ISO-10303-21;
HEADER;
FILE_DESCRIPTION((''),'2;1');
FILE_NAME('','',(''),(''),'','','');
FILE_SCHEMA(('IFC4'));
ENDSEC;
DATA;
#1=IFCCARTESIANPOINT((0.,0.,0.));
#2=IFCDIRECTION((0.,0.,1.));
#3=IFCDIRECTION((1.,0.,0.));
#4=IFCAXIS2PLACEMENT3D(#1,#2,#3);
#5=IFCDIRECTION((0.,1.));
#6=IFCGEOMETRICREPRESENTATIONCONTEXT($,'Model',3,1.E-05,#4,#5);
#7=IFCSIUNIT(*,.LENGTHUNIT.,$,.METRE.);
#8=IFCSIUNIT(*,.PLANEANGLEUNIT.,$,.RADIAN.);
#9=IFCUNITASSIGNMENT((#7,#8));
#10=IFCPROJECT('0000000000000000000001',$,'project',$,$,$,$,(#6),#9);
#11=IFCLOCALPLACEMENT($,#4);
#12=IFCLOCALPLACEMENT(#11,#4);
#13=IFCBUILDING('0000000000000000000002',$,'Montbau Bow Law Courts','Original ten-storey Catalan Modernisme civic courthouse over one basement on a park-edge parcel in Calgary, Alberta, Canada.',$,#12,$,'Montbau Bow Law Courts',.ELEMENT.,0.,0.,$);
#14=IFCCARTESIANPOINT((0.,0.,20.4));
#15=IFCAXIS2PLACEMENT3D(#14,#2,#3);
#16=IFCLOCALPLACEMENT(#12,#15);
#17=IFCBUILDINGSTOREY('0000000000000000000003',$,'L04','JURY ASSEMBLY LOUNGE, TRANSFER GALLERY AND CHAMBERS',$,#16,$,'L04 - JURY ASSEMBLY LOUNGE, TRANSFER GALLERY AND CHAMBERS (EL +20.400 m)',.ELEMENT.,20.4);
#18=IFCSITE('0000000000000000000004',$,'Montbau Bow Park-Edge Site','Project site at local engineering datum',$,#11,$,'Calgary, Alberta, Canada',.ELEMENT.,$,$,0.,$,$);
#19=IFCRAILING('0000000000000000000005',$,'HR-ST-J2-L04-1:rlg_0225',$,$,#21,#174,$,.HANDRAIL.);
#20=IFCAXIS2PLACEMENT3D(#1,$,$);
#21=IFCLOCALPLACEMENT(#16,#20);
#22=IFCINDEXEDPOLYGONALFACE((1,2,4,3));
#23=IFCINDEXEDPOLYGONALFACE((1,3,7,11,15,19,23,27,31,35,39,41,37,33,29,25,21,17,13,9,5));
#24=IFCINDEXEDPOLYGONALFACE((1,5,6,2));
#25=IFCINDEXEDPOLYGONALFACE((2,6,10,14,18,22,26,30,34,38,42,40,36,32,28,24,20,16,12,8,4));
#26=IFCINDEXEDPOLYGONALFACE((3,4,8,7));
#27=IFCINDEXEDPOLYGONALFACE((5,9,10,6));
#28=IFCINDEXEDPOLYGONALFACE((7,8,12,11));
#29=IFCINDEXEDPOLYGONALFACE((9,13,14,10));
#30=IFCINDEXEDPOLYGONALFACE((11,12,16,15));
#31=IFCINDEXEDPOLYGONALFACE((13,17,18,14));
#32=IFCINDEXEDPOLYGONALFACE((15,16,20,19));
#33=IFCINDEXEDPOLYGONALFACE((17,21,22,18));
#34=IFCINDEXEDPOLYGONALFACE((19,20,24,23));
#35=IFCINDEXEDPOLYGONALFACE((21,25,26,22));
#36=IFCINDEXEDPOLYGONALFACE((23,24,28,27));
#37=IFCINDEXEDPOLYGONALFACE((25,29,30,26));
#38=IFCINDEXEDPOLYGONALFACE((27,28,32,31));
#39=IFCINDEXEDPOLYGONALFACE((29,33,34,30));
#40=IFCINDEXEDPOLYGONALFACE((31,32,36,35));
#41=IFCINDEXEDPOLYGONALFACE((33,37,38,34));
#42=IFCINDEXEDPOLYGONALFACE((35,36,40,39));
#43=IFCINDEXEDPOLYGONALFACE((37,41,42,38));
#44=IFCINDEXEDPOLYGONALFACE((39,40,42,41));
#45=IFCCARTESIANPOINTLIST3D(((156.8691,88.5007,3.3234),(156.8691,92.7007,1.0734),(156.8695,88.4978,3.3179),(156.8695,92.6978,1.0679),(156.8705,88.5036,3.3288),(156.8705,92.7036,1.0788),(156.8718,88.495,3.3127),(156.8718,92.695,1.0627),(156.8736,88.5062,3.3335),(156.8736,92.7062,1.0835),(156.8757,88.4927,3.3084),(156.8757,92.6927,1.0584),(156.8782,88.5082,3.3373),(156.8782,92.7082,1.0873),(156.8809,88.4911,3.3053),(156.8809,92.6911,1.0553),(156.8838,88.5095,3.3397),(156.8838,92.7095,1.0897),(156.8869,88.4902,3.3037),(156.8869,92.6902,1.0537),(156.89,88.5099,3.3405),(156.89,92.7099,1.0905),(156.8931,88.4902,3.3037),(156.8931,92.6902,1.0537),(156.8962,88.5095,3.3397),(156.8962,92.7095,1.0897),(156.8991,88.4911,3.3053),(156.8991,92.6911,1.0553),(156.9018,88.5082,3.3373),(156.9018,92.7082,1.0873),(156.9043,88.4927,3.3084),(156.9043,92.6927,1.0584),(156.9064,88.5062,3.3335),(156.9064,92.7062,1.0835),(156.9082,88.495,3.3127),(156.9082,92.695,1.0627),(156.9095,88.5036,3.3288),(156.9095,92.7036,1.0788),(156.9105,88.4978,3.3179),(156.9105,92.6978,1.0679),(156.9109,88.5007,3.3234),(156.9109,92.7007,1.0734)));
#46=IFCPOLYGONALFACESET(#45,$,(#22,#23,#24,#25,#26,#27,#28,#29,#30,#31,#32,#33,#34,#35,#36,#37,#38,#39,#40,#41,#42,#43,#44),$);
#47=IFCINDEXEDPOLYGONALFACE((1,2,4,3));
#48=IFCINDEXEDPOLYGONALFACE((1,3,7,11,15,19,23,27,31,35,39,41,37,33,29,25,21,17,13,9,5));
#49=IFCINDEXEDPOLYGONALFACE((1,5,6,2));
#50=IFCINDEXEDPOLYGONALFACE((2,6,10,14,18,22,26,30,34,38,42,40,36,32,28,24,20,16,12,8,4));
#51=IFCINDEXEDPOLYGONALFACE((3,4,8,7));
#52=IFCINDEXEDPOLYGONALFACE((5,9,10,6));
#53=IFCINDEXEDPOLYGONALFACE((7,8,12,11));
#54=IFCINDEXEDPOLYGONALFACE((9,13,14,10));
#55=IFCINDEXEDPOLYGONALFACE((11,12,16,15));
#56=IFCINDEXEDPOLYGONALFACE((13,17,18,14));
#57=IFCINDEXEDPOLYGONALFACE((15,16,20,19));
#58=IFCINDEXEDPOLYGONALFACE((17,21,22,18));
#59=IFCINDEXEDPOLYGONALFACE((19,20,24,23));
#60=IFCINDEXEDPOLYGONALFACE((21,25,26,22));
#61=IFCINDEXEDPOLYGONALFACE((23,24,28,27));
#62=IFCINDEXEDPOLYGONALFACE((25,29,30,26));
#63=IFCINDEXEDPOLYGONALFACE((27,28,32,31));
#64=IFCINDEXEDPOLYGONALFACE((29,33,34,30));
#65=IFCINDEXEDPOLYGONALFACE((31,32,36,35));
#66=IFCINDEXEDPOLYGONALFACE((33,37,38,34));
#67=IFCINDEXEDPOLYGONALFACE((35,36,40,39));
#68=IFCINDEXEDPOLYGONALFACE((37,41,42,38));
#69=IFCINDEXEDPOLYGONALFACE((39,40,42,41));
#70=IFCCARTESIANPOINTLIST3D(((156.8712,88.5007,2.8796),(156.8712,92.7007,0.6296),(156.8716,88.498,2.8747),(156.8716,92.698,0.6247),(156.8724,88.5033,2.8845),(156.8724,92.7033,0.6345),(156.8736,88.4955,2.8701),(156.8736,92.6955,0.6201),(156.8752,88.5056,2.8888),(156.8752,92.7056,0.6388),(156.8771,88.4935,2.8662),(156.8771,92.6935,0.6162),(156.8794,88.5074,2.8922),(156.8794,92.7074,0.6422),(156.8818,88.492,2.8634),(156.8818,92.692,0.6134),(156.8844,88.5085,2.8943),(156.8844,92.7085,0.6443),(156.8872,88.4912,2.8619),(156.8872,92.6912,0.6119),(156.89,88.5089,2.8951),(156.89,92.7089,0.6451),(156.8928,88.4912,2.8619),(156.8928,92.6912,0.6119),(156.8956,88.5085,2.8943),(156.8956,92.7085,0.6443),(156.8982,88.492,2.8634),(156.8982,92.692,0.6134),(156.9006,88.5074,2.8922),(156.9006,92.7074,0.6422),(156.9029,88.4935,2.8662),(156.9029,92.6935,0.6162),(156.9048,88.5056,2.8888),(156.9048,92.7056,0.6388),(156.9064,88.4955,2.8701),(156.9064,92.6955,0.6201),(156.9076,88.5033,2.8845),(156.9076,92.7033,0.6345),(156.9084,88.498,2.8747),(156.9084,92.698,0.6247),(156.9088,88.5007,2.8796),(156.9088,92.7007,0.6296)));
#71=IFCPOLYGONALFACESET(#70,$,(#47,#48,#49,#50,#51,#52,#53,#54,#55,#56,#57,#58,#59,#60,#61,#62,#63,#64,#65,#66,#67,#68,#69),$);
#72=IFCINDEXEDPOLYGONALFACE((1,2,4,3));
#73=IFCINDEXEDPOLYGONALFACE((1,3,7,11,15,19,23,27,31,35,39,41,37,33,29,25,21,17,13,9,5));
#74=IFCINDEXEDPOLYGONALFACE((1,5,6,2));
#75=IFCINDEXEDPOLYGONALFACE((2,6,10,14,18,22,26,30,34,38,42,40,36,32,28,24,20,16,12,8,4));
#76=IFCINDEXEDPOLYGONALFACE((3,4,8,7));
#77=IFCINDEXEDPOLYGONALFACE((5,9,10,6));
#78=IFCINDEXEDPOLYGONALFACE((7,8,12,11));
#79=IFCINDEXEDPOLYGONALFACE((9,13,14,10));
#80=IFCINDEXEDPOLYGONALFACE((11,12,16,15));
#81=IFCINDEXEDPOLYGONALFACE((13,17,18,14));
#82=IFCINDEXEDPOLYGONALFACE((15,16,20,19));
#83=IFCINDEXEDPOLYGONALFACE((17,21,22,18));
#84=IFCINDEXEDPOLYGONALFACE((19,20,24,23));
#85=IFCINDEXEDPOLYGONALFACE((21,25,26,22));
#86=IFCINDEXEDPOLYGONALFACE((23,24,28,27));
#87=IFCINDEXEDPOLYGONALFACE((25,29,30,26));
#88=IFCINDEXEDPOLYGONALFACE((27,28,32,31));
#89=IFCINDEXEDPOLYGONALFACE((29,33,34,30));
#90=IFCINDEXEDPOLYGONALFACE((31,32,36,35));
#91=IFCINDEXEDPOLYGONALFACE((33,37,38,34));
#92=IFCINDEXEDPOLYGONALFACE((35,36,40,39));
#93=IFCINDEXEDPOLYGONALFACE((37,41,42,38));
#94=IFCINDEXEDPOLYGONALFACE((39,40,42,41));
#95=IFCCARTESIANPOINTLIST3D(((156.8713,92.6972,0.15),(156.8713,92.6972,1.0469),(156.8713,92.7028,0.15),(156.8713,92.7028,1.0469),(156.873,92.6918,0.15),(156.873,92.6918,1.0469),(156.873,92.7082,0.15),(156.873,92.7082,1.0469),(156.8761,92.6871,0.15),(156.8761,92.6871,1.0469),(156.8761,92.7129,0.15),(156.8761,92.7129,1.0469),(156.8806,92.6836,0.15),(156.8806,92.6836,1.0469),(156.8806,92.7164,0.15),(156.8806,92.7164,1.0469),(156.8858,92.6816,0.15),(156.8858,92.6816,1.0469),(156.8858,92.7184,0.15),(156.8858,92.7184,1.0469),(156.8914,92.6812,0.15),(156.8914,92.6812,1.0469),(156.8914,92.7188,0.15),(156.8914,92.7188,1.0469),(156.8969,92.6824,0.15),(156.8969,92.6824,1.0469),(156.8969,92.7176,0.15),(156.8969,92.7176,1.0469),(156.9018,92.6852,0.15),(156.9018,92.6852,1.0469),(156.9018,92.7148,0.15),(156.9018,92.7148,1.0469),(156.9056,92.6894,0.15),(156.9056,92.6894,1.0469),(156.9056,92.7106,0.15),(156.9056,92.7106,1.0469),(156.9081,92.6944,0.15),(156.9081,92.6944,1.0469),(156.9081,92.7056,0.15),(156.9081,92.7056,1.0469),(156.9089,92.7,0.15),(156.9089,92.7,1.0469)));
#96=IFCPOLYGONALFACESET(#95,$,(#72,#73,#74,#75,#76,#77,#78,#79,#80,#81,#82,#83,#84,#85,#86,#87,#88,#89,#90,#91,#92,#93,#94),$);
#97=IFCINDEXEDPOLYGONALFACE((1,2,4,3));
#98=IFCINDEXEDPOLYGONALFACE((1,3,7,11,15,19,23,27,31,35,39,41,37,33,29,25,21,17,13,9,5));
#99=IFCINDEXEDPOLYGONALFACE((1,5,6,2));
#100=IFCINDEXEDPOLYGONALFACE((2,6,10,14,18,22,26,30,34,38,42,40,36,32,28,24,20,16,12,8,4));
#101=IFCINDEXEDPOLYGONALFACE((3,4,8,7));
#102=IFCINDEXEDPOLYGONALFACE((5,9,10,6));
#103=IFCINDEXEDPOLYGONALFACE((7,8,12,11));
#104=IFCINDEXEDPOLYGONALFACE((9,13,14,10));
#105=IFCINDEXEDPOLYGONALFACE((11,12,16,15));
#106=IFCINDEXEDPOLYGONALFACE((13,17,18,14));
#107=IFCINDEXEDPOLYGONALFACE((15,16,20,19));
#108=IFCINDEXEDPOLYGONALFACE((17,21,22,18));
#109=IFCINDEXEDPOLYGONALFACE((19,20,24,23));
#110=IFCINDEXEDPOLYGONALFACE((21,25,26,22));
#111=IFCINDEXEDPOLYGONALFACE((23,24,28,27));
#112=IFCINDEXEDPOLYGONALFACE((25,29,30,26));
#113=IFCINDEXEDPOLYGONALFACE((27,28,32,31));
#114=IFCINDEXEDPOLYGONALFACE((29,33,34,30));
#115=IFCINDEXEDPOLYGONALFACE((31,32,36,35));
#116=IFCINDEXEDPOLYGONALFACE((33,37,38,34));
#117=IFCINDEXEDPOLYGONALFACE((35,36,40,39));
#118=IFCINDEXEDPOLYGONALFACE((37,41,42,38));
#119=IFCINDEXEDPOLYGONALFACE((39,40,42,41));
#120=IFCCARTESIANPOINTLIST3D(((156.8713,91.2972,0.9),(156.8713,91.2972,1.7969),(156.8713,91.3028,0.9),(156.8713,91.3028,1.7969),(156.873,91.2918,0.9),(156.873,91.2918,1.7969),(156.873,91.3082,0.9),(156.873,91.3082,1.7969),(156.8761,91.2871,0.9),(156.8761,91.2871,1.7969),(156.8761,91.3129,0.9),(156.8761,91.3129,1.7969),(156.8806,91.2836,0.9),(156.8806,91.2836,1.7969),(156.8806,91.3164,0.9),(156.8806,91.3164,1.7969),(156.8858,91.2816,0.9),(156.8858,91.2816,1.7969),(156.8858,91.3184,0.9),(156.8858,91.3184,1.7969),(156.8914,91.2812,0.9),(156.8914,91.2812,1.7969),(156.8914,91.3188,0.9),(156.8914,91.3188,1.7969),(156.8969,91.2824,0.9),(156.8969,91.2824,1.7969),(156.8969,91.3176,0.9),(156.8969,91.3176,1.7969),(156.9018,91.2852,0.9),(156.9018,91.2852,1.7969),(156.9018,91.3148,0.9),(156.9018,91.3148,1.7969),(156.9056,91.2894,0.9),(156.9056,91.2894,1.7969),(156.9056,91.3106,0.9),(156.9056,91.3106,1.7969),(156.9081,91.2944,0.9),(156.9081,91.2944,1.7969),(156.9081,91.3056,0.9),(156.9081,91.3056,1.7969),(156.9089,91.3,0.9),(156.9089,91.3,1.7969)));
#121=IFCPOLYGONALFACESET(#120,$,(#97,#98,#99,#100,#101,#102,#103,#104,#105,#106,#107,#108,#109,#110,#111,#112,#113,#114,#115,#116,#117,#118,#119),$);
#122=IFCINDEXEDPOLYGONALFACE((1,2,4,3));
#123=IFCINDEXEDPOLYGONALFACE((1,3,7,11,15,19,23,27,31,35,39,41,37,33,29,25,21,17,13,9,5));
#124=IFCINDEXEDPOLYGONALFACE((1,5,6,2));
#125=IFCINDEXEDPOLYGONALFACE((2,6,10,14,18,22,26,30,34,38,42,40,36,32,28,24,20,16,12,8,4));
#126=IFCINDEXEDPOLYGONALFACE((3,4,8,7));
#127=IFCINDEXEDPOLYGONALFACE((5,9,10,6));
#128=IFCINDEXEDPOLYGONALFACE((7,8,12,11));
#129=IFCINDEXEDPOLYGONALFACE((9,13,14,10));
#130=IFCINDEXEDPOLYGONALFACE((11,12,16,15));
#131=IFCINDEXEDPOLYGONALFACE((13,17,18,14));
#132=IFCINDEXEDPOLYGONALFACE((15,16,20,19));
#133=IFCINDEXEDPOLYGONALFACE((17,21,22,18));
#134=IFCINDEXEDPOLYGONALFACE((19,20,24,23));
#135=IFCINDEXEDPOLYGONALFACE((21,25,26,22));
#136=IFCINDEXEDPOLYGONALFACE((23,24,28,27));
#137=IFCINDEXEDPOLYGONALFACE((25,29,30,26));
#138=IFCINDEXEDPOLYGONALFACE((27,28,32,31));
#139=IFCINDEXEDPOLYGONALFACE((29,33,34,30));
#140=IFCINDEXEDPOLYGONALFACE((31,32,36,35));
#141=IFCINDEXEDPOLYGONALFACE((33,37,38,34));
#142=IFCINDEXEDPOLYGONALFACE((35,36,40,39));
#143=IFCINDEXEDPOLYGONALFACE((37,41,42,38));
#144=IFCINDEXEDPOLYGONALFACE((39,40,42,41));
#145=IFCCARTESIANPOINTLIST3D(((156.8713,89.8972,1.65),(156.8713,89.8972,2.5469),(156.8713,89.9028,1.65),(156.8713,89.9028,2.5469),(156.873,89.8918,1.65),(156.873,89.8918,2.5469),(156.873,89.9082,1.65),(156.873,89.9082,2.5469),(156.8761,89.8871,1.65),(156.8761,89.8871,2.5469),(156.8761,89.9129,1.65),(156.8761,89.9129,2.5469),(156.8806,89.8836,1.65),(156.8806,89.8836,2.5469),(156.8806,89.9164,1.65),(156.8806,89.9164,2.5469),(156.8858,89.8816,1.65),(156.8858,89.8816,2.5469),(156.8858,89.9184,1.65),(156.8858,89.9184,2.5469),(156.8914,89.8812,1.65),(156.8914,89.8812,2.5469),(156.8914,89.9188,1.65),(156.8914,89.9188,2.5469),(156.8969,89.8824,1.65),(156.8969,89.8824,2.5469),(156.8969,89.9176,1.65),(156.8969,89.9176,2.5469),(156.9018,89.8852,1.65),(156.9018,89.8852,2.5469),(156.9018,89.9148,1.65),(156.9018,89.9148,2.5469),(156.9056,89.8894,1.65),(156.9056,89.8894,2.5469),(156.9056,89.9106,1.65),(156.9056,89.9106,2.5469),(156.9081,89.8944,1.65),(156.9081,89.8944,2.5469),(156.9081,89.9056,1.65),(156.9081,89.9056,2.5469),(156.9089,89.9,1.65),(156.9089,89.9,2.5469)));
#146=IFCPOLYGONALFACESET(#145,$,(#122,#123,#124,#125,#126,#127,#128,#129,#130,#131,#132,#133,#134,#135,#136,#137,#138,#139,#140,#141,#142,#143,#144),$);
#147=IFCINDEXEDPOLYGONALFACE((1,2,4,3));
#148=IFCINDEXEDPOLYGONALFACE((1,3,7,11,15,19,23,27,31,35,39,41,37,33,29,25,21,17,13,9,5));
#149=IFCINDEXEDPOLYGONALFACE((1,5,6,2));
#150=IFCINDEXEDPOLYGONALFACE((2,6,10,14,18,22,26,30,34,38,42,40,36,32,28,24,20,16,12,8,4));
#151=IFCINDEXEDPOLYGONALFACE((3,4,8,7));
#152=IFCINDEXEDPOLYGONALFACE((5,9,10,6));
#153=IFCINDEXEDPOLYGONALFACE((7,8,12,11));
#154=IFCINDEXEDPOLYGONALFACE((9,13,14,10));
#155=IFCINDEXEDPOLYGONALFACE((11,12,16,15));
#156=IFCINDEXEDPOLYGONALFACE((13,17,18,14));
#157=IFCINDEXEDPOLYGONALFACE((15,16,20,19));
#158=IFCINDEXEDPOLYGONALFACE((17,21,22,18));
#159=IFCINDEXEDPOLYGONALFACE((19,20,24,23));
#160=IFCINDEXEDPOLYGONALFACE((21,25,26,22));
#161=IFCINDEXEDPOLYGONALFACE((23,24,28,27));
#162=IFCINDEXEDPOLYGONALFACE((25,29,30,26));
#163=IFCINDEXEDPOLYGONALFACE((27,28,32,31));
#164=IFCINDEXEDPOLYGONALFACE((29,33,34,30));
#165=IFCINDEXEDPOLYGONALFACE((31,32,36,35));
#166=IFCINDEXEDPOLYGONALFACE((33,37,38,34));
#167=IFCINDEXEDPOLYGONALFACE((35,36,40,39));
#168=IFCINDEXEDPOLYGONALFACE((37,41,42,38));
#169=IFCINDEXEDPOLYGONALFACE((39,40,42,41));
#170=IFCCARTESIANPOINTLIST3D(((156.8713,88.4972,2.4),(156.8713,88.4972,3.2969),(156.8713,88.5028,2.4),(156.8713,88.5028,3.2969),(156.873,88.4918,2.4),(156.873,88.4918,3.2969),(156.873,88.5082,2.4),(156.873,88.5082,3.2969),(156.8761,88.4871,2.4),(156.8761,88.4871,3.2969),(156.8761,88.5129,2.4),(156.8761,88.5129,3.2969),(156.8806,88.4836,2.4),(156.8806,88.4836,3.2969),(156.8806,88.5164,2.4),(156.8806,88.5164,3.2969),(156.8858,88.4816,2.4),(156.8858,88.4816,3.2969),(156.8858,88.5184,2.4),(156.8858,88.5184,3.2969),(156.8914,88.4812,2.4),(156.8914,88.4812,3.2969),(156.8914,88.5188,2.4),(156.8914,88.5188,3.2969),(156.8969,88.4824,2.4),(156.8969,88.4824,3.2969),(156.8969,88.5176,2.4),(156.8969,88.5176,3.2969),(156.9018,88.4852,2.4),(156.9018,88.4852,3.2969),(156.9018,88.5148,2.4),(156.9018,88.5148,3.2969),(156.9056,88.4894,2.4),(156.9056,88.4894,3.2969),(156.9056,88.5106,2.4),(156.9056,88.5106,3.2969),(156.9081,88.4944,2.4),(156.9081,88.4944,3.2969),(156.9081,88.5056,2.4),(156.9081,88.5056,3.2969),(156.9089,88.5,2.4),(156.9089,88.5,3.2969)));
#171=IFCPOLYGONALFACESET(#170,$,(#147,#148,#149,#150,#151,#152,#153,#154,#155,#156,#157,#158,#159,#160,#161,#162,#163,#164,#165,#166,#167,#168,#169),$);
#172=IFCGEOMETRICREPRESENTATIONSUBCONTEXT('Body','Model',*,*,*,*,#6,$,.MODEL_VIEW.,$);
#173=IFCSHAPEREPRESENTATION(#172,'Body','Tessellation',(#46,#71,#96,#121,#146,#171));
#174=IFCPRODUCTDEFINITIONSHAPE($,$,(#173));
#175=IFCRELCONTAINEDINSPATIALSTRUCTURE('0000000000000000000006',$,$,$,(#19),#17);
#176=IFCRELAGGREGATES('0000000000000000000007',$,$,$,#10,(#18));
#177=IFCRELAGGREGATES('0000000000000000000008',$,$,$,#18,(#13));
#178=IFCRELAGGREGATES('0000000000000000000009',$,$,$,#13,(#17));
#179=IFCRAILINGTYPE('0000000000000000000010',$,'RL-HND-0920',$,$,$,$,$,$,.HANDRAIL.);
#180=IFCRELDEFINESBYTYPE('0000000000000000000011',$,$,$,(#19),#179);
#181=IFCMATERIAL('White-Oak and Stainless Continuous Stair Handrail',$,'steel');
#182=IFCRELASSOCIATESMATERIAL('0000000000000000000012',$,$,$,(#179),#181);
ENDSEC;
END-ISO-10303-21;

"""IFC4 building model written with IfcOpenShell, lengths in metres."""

from ifc_helpers import new_model, si_unit, direction, frame, origin_with_axes, origin_2d_with_axis, place, context, subcontext, project, spatial, circle, extrude, material, type_object, element, save


model = new_model("IFC4")

# Units and contexts
model_context = context("Model", 3, precision=1e-05, world=origin_with_axes(), true_north=direction((0.0, 1.0)))
body_context = subcontext(model_context, "Body", "Model", "MODEL_VIEW")
ifc_project = project(units=[si_unit("LENGTHUNIT", "METRE"), si_unit("PLANEANGLEUNIT", "RADIAN")], contexts=[model_context])

# Site, building, storey
site_placement = place(None, origin_with_axes())
site = spatial("IfcSite", under=ifc_project, at=site_placement, Name="Montbau Bow Park-Edge Site", Description="Project site at local engineering datum", LongName="Calgary, Alberta, Canada", CompositionType="ELEMENT", RefElevation=0.0)
building_placement = place(site_placement, origin_with_axes())
building = spatial("IfcBuilding", under=site, at=building_placement, Name="Montbau Bow Law Courts", Description="Original ten-storey Catalan Modernisme civic courthouse over one basement on a park-edge parcel in Calgary, Alberta, Canada.", LongName="Montbau Bow Law Courts", CompositionType="ELEMENT", ElevationOfRefHeight=0.0, ElevationOfTerrain=0.0)
storey_placement = place(building_placement, frame((0.0, 0.0, 20.4), z_axis=(0.0, 0.0, 1.0), x_axis=(1.0, 0.0, 0.0)))
storey = spatial("IfcBuildingStorey", under=building, at=storey_placement, Name="L04", Description="JURY ASSEMBLY LOUNGE, TRANSFER GALLERY AND CHAMBERS", LongName="L04 - JURY ASSEMBLY LOUNGE, TRANSFER GALLERY AND CHAMBERS (EL +20.400 m)", CompositionType="ELEMENT", Elevation=20.4)

# Railing
ifc_material_1 = material(Name="White-Oak and Stainless Continuous Stair Handrail", Category="steel")
railing_type_1 = type_object("IfcRailingType", Name="RL-HND-0920", PredefinedType="HANDRAIL", material=ifc_material_1)
railing_1_placement = place(None, origin_with_axes())
element("IfcRailing", 1, at=railing_1_placement, inside=storey, type_object=railing_type_1, Name="HR-ST-J2-L04-1:rlg_0225", PredefinedType="HANDRAIL", context=body_context, shape_type="SweptSolid", body=[
    extrude(circle(Radius=0.021, at=origin_2d_with_axis()), frame((156.89, 92.7, 21.472), z_axis=(0.0, -0.88148, 0.472221), x_axis=(0.0, 0.472221, 0.88148)), (0.0, 0.0, 1.0), 4.7647),
    extrude(circle(Radius=0.0189, at=origin_2d_with_axis()), frame((156.89, 92.7, 21.0284), z_axis=(0.0, -0.88148, 0.472221), x_axis=(0.0, 0.472221, 0.88148)), (0.0, 0.0, 1.0), 4.7647),
    extrude(circle(Radius=0.0189, at=origin_2d_with_axis()), frame((156.89, 92.7, 20.55), z_axis=(0.0, 0.0, 1.0), x_axis=(1.0, 0.0, 0.0)), (0.0, 0.0, 1.0), 0.8969),
    extrude(circle(Radius=0.0189, at=origin_2d_with_axis()), frame((156.89, 91.3, 21.3), z_axis=(0.0, 0.0, 1.0), x_axis=(1.0, 0.0, 0.0)), (0.0, 0.0, 1.0), 0.8969),
    extrude(circle(Radius=0.0189, at=origin_2d_with_axis()), frame((156.89, 89.9, 22.05), z_axis=(0.0, 0.0, 1.0), x_axis=(1.0, 0.0, 0.0)), (0.0, 0.0, 1.0), 0.8969),
    extrude(circle(Radius=0.0189, at=origin_2d_with_axis()), frame((156.89, 88.5, 22.8), z_axis=(0.0, 0.0, 1.0), x_axis=(1.0, 0.0, 0.0)), (0.0, 0.0, 1.0), 0.8969),
])

save(model, "model.ifc")
